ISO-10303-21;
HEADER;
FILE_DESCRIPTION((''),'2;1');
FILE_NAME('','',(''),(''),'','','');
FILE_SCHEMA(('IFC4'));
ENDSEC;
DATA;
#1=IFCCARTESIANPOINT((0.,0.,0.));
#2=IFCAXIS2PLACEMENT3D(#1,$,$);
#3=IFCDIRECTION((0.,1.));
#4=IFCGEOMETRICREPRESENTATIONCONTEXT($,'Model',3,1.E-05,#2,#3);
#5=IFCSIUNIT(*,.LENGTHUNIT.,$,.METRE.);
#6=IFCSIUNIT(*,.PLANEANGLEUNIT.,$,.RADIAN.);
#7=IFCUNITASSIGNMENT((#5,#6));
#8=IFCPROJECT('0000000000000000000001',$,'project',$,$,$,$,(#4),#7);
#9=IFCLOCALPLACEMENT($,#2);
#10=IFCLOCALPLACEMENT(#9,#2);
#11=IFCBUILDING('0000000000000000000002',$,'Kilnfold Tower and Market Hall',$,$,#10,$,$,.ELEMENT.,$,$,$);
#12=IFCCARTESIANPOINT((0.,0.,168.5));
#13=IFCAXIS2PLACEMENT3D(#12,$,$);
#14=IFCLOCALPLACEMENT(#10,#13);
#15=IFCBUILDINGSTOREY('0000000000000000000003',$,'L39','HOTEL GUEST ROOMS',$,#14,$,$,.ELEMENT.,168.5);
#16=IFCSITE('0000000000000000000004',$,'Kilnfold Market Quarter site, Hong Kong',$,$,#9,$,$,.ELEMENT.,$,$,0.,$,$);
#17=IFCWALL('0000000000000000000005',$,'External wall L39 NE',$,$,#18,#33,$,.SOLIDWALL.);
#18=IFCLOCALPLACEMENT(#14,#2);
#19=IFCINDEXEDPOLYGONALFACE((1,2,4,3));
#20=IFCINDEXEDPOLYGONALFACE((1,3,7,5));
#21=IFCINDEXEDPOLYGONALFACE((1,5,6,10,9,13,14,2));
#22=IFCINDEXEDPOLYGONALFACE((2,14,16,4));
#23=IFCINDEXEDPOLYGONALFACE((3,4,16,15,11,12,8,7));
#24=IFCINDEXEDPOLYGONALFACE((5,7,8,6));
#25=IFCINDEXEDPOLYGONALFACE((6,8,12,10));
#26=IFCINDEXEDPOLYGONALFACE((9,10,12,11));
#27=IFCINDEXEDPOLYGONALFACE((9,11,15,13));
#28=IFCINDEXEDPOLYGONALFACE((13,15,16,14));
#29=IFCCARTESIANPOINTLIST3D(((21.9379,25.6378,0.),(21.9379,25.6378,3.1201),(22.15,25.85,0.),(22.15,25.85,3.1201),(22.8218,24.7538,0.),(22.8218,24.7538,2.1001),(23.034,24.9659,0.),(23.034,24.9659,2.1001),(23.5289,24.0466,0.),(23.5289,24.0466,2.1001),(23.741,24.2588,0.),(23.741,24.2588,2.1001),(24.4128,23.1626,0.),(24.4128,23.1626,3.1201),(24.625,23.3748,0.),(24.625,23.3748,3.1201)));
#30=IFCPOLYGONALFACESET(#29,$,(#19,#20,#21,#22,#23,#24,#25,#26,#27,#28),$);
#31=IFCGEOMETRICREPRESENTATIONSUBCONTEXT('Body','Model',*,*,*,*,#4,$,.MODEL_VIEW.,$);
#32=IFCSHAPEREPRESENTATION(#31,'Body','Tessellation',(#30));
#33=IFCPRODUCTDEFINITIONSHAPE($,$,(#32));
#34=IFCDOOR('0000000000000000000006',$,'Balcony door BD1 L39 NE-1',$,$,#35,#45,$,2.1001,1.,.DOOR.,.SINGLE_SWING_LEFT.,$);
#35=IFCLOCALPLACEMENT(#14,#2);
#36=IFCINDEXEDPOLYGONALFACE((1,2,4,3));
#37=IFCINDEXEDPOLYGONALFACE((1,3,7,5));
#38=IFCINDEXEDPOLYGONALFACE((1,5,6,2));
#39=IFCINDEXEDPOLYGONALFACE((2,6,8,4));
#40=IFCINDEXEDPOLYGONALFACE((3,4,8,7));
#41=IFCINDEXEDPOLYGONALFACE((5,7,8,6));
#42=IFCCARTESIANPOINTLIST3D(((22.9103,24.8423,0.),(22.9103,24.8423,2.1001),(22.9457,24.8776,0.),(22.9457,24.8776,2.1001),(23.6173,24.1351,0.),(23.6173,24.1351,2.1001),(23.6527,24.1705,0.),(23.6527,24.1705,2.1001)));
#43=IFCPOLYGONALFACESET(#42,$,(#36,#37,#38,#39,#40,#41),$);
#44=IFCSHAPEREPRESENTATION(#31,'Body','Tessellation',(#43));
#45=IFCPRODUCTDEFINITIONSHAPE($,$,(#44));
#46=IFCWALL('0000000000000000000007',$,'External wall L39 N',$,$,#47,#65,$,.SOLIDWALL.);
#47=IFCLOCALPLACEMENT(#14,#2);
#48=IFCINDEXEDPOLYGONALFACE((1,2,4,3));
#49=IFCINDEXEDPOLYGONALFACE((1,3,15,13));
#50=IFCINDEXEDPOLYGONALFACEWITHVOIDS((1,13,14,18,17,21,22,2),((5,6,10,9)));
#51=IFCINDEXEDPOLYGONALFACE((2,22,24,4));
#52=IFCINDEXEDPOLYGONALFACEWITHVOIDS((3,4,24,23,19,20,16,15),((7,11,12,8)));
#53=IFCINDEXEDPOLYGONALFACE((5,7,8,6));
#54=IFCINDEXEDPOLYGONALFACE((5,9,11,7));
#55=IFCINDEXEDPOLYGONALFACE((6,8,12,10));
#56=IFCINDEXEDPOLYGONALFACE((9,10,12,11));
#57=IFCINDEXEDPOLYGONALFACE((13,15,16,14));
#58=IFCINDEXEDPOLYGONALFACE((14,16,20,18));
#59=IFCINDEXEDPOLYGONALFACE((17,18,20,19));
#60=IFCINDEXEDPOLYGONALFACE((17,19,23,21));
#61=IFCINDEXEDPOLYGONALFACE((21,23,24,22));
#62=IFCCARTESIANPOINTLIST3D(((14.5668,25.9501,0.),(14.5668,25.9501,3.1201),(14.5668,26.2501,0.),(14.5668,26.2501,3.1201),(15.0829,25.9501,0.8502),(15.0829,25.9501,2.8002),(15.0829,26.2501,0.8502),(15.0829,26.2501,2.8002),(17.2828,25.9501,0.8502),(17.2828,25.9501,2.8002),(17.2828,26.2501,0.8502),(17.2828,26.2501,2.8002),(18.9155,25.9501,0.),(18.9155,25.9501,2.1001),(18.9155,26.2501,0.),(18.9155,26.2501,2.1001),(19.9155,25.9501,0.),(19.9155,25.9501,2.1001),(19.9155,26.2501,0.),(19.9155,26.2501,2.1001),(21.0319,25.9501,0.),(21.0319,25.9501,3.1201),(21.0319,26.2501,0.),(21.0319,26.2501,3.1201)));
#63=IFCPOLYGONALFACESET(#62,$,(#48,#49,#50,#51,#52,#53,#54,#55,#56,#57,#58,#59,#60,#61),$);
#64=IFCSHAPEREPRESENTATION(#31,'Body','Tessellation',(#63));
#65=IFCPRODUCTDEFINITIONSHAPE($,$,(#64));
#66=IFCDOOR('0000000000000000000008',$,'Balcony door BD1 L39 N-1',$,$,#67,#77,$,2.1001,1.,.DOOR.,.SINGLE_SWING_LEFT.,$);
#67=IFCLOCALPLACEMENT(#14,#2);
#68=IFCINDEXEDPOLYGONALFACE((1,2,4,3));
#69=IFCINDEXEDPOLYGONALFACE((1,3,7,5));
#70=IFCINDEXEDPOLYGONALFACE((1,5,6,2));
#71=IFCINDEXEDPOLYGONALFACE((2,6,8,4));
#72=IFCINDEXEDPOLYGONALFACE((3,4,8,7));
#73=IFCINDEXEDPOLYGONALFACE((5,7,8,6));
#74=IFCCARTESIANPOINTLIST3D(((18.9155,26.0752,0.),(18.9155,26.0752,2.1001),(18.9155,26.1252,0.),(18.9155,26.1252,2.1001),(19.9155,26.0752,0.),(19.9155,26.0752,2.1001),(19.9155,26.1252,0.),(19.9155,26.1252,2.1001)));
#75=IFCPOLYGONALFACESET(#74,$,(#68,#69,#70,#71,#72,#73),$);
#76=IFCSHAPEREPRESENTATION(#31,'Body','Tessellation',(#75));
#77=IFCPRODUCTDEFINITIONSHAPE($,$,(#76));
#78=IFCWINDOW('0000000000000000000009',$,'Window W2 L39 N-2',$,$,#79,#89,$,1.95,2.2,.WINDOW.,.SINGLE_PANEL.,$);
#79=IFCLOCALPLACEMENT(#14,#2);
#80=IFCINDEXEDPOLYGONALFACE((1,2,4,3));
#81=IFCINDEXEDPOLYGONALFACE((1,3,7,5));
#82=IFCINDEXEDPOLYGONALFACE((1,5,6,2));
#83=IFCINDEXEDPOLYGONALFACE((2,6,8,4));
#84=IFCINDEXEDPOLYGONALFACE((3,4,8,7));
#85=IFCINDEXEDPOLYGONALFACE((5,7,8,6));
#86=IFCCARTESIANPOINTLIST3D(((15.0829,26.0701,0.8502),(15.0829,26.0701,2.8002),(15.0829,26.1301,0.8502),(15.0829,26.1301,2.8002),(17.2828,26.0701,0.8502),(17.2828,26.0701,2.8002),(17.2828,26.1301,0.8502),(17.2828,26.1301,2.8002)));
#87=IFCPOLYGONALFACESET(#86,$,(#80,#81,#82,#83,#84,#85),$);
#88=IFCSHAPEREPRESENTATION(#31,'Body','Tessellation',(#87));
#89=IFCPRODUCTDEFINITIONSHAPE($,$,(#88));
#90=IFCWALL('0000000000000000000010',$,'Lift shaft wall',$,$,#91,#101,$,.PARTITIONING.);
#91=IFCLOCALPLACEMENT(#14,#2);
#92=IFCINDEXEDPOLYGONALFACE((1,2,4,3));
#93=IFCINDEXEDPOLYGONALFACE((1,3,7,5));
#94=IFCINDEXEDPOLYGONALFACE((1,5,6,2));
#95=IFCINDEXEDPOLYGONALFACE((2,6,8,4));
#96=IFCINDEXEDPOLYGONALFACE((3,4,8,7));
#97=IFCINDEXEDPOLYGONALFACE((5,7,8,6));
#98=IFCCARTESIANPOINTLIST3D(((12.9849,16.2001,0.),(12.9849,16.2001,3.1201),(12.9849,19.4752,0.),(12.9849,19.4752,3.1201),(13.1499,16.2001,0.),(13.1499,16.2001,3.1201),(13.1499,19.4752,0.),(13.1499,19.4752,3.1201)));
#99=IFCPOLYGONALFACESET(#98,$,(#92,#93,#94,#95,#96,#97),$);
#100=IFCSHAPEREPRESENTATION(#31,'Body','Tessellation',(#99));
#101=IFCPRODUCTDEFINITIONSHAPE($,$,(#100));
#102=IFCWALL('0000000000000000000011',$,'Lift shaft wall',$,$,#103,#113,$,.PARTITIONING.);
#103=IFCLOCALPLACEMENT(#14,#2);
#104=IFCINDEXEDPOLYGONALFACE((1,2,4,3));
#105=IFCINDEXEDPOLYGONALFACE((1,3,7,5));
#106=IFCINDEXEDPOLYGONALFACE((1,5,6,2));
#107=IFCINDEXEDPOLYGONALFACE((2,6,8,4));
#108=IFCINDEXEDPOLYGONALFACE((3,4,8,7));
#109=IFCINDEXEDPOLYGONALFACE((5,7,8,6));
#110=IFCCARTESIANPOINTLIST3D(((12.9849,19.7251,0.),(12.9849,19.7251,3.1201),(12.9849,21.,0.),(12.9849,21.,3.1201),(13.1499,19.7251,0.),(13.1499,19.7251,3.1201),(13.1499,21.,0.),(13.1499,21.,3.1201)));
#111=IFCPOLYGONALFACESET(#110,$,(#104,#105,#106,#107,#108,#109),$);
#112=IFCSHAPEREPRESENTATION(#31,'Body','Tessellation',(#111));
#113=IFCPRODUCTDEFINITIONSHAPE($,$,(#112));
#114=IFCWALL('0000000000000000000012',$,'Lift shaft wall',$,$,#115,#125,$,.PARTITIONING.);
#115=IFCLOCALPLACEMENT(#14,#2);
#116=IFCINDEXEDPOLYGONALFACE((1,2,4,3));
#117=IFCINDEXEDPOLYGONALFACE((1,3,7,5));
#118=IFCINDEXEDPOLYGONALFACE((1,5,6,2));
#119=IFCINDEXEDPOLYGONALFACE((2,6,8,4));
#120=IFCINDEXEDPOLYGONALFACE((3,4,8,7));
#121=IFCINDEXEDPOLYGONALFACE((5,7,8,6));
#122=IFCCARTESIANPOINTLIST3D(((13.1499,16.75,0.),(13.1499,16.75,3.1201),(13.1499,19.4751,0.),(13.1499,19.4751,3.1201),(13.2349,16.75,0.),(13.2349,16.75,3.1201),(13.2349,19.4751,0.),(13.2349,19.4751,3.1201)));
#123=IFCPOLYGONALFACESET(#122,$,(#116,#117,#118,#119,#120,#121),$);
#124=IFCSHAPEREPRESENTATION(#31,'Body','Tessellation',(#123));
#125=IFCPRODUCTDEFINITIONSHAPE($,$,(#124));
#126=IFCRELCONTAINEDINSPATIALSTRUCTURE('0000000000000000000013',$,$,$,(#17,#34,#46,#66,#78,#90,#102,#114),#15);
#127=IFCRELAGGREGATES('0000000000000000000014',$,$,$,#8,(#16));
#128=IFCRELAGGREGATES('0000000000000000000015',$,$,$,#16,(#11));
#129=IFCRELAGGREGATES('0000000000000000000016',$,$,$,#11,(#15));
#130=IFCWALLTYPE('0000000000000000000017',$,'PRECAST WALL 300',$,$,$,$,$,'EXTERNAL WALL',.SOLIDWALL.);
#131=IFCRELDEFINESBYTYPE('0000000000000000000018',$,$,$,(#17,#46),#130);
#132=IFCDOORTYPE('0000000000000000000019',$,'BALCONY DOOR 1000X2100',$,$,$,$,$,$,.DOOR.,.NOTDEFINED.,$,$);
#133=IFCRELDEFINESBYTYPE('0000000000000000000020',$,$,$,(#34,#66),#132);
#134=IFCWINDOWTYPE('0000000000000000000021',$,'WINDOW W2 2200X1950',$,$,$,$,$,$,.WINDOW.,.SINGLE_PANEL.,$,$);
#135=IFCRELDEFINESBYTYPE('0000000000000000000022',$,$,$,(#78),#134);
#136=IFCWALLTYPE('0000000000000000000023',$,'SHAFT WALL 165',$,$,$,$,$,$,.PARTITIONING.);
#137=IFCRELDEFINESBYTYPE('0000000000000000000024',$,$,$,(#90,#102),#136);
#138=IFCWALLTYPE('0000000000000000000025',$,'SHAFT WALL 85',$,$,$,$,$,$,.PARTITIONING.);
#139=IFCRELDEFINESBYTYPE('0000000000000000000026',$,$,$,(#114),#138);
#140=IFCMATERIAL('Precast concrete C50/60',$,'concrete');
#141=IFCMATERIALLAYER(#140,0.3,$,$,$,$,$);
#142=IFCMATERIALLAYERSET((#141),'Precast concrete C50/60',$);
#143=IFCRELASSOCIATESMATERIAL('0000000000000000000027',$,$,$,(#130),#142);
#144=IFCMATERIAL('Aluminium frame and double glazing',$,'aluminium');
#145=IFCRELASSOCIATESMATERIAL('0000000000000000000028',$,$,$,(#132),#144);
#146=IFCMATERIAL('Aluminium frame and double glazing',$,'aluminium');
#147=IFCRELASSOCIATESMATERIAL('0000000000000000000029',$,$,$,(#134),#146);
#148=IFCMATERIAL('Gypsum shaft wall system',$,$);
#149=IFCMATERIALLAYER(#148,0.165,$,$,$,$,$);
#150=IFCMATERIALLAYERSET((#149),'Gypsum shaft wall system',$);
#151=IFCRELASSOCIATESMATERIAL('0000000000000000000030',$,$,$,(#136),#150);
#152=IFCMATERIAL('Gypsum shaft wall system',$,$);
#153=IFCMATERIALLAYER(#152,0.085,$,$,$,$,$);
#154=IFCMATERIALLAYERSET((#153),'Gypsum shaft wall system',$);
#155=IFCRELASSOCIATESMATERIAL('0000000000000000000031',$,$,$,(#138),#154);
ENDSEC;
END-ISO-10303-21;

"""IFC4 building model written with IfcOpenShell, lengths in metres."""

from ifc_helpers import new_model, si_unit, direction, frame, frame_2d, origin, place, context, subcontext, project, spatial, rectangle, extrude, source, transform, mapped, material, layer, layer_set, type_object, element, fill, save


model = new_model("IFC4")

# Units and contexts
model_context = context("Model", 3, precision=1e-05, world=origin(), true_north=direction((0.0, 1.0)))
body_context = subcontext(model_context, "Body", "Model", "MODEL_VIEW")
ifc_project = project(units=[si_unit("LENGTHUNIT", "METRE"), si_unit("PLANEANGLEUNIT", "RADIAN")], contexts=[model_context])

# Site, building, storey
site_placement = place(None, origin())
site = spatial("IfcSite", under=ifc_project, at=site_placement, Name="Kilnfold Market Quarter site, Hong Kong", CompositionType="ELEMENT", RefElevation=0.0)
building_placement = place(site_placement, origin())
building = spatial("IfcBuilding", under=site, at=building_placement, Name="Kilnfold Tower and Market Hall", CompositionType="ELEMENT")
storey_placement = place(building_placement, frame((0.0, 0.0, 168.5)))
storey = spatial("IfcBuildingStorey", under=building, at=storey_placement, Name="L39", Description="HOTEL GUEST ROOMS", CompositionType="ELEMENT", Elevation=168.5)

# Shared definitions
ifc_material_1 = material(Name="Precast concrete C50/60", Category="concrete")
ifc_layer_1 = layer(ifc_material_1, 0.3)
ifc_layer_set_1 = layer_set([ifc_layer_1], Name="Precast concrete C50/60")
wall_type_1 = type_object("IfcWallType", Name="PRECAST WALL 300", ElementType="EXTERNAL WALL", PredefinedType="SOLIDWALL", material=ifc_layer_set_1)
ifc_material_2 = material(Name="Aluminium frame and double glazing", Category="aluminium")
door_type_1 = type_object("IfcDoorType", Name="BALCONY DOOR 1000X2100", OperationType="NOTDEFINED", PredefinedType="DOOR", material=ifc_material_2)
ifc_material_3 = material(Name="Aluminium frame and double glazing", Category="aluminium")
window_type = type_object("IfcWindowType", Name="WINDOW W2 2200X1950", PartitioningType="SINGLE_PANEL", PredefinedType="WINDOW", material=ifc_material_3)

# Wall, opening, door
shared_shape_1 = source(origin(), body_context, "Body", "SweptSolid", [
    extrude(rectangle(XDim=3.5002, YDim=0.3, at=frame_2d((1.75, 0.0))), origin(), (0.0, 0.0, 1.0), 3.1201),
])
wall_1_placement = place(storey_placement, frame((24.5188, 23.2688, 0.0), z_axis=(0.0, 0.0, 1.0), x_axis=(-0.707072, 0.707142, 0.0)))
wall_1 = element("IfcWall", 1, at=wall_1_placement, inside=storey, type_object=wall_type_1, Name="External wall L39 NE", PredefinedType="SOLIDWALL", context=body_context, shape_type="MappedRepresentation", body=[
    mapped(shared_shape_1, transform((0.0, 0.0, 0.0))),
])
opening_1_placement = place(wall_1_placement, frame((1.25, 0.0, 0.0)))
opening_1 = element("IfcOpeningElement", 2, at=opening_1_placement, cuts=wall_1, PredefinedType="OPENING", context=body_context, shape_type="SweptSolid", body=[
    extrude(rectangle(XDim=1.0, YDim=2.1001, at=frame_2d((0.5, 1.05))), frame((0.0, 0.1602, 0.0), z_axis=(0.0, -1.0, 0.0), x_axis=(1.0, 0.0, 0.0)), (0.0, 0.0, 1.0), 0.3201),
])
door_1_placement = place(opening_1_placement, origin())
door_1 = element("IfcDoor", 3, at=door_1_placement, inside=storey, type_object=door_type_1, Name="Balcony door BD1 L39 NE-1", OperationType="SINGLE_SWING_LEFT", OverallHeight=2.1001, OverallWidth=1.0, PredefinedType="DOOR", context=body_context, shape_type="SweptSolid", body=[
    extrude(rectangle(XDim=1.0, YDim=2.1001, at=frame_2d((0.5, 1.05))), frame((0.0, 0.0249, 0.0), z_axis=(0.0, -1.0, 0.0), x_axis=(1.0, 0.0, 0.0)), (0.0, 0.0, 1.0), 0.05),
])
fill(opening_1, door_1)

# Wall, openings, door, window
shared_shape_2 = source(origin(), body_context, "Body", "SweptSolid", [
    extrude(rectangle(XDim=6.4651, YDim=0.3, at=frame_2d((3.2324, 0.0))), origin(), (0.0, 0.0, 1.0), 3.1201),
])
wall_2_placement = place(storey_placement, frame((21.0317, 26.1001, 0.0), z_axis=(0.0, 0.0, 1.0), x_axis=(-1.0, 0.0, 0.0)))
wall_2 = element("IfcWall", 4, at=wall_2_placement, inside=storey, type_object=wall_type_1, Name="External wall L39 N", PredefinedType="SOLIDWALL", context=body_context, shape_type="MappedRepresentation", body=[
    mapped(shared_shape_2, transform((0.0, 0.0, 0.0))),
])
opening_2_placement = place(wall_2_placement, frame((1.1162, 0.0, 0.0)))
opening_2 = element("IfcOpeningElement", 5, at=opening_2_placement, cuts=wall_2, PredefinedType="OPENING", context=body_context, shape_type="SweptSolid", body=[
    extrude(rectangle(XDim=1.0, YDim=2.1001, at=frame_2d((0.5, 1.05))), frame((0.0, 0.1602, 0.0), z_axis=(0.0, -1.0, 0.0), x_axis=(1.0, 0.0, 0.0)), (0.0, 0.0, 1.0), 0.3201),
])
opening_3_placement = place(wall_2_placement, frame((3.7488, 0.0, 0.8501)))
opening_3 = element("IfcOpeningElement", 6, at=opening_3_placement, cuts=wall_2, PredefinedType="OPENING", context=body_context, shape_type="SweptSolid", body=[
    extrude(rectangle(XDim=2.2, YDim=1.95, at=frame_2d((1.1001, 0.9751))), frame((0.0, 0.1602, 0.0), z_axis=(0.0, -1.0, 0.0), x_axis=(1.0, 0.0, 0.0)), (0.0, 0.0, 1.0), 0.3201),
])
door_2_placement = place(opening_2_placement, origin())
door_2 = element("IfcDoor", 7, at=door_2_placement, inside=storey, type_object=door_type_1, Name="Balcony door BD1 L39 N-1", OperationType="SINGLE_SWING_LEFT", OverallHeight=2.1001, OverallWidth=1.0, PredefinedType="DOOR", context=body_context, shape_type="SweptSolid", body=[
    extrude(rectangle(XDim=1.0, YDim=2.1001, at=frame_2d((0.5, 1.05))), frame((0.0, 0.0249, 0.0), z_axis=(0.0, -1.0, 0.0), x_axis=(1.0, 0.0, 0.0)), (0.0, 0.0, 1.0), 0.05),
])
fill(opening_2, door_2)
window_1_placement = place(opening_3_placement, origin())
window_1 = element("IfcWindow", 8, at=window_1_placement, inside=storey, type_object=window_type, Name="Window W2 L39 N-2", OverallHeight=1.95, OverallWidth=2.2, PartitioningType="SINGLE_PANEL", PredefinedType="WINDOW", context=body_context, shape_type="SweptSolid", body=[
    extrude(rectangle(XDim=2.2, YDim=1.95, at=frame_2d((1.1001, 0.9751))), frame((0.0, 0.03, 0.0), z_axis=(0.0, -1.0, 0.0), x_axis=(1.0, 0.0, 0.0)), (0.0, 0.0, 1.0), 0.0601),
])
fill(opening_3, window_1)

# Walls
ifc_material_4 = material(Name="Gypsum shaft wall system")
ifc_layer_2 = layer(ifc_material_4, 0.165)
ifc_layer_set_2 = layer_set([ifc_layer_2], Name="Gypsum shaft wall system")
wall_type_2 = type_object("IfcWallType", Name="SHAFT WALL 165", PredefinedType="PARTITIONING", material=ifc_layer_set_2)
shared_shape_3 = source(origin(), body_context, "Body", "SweptSolid", [
    extrude(rectangle(XDim=3.2751, YDim=0.165, at=frame_2d((1.6377, 0.0))), origin(), (0.0, 0.0, 1.0), 3.1201),
])
wall_3_placement = place(storey_placement, frame((13.0674, 16.2, 0.0), z_axis=(0.0, 0.0, 1.0), x_axis=(0.0, 1.0, 0.0)))
element("IfcWall", 9, at=wall_3_placement, inside=storey, type_object=wall_type_2, Name="Lift shaft wall", PredefinedType="PARTITIONING", context=body_context, shape_type="MappedRepresentation", body=[
    mapped(shared_shape_3, transform((0.0, 0.0, 0.0))),
])
shared_shape_4 = source(origin(), body_context, "Body", "SweptSolid", [
    extrude(rectangle(XDim=1.2749, YDim=0.165, at=frame_2d((0.6375, 0.0))), origin(), (0.0, 0.0, 1.0), 3.1201),
])
wall_4_placement = place(storey_placement, frame((13.0674, 19.7251, 0.0), z_axis=(0.0, 0.0, 1.0), x_axis=(0.0, 1.0, 0.0)))
element("IfcWall", 10, at=wall_4_placement, inside=storey, type_object=wall_type_2, Name="Lift shaft wall", PredefinedType="PARTITIONING", context=body_context, shape_type="MappedRepresentation", body=[
    mapped(shared_shape_4, transform((0.0, 0.0, 0.0))),
])
ifc_material_5 = material(Name="Gypsum shaft wall system")
ifc_layer_3 = layer(ifc_material_5, 0.085)
ifc_layer_set_3 = layer_set([ifc_layer_3], Name="Gypsum shaft wall system")
wall_type_3 = type_object("IfcWallType", Name="SHAFT WALL 85", PredefinedType="PARTITIONING", material=ifc_layer_set_3)
shared_shape_5 = source(origin(), body_context, "Body", "SweptSolid", [
    extrude(rectangle(XDim=2.7251, YDim=0.085, at=frame_2d((1.3625, 0.0))), origin(), (0.0, 0.0, 1.0), 3.1201),
])
wall_5_placement = place(storey_placement, frame((13.1924, 16.75, 0.0), z_axis=(0.0, 0.0, 1.0), x_axis=(0.0, 1.0, 0.0)))
element("IfcWall", 11, at=wall_5_placement, inside=storey, type_object=wall_type_3, Name="Lift shaft wall", PredefinedType="PARTITIONING", context=body_context, shape_type="MappedRepresentation", body=[
    mapped(shared_shape_5, transform((0.0, 0.0, 0.0))),
])

save(model, "model.ifc")
